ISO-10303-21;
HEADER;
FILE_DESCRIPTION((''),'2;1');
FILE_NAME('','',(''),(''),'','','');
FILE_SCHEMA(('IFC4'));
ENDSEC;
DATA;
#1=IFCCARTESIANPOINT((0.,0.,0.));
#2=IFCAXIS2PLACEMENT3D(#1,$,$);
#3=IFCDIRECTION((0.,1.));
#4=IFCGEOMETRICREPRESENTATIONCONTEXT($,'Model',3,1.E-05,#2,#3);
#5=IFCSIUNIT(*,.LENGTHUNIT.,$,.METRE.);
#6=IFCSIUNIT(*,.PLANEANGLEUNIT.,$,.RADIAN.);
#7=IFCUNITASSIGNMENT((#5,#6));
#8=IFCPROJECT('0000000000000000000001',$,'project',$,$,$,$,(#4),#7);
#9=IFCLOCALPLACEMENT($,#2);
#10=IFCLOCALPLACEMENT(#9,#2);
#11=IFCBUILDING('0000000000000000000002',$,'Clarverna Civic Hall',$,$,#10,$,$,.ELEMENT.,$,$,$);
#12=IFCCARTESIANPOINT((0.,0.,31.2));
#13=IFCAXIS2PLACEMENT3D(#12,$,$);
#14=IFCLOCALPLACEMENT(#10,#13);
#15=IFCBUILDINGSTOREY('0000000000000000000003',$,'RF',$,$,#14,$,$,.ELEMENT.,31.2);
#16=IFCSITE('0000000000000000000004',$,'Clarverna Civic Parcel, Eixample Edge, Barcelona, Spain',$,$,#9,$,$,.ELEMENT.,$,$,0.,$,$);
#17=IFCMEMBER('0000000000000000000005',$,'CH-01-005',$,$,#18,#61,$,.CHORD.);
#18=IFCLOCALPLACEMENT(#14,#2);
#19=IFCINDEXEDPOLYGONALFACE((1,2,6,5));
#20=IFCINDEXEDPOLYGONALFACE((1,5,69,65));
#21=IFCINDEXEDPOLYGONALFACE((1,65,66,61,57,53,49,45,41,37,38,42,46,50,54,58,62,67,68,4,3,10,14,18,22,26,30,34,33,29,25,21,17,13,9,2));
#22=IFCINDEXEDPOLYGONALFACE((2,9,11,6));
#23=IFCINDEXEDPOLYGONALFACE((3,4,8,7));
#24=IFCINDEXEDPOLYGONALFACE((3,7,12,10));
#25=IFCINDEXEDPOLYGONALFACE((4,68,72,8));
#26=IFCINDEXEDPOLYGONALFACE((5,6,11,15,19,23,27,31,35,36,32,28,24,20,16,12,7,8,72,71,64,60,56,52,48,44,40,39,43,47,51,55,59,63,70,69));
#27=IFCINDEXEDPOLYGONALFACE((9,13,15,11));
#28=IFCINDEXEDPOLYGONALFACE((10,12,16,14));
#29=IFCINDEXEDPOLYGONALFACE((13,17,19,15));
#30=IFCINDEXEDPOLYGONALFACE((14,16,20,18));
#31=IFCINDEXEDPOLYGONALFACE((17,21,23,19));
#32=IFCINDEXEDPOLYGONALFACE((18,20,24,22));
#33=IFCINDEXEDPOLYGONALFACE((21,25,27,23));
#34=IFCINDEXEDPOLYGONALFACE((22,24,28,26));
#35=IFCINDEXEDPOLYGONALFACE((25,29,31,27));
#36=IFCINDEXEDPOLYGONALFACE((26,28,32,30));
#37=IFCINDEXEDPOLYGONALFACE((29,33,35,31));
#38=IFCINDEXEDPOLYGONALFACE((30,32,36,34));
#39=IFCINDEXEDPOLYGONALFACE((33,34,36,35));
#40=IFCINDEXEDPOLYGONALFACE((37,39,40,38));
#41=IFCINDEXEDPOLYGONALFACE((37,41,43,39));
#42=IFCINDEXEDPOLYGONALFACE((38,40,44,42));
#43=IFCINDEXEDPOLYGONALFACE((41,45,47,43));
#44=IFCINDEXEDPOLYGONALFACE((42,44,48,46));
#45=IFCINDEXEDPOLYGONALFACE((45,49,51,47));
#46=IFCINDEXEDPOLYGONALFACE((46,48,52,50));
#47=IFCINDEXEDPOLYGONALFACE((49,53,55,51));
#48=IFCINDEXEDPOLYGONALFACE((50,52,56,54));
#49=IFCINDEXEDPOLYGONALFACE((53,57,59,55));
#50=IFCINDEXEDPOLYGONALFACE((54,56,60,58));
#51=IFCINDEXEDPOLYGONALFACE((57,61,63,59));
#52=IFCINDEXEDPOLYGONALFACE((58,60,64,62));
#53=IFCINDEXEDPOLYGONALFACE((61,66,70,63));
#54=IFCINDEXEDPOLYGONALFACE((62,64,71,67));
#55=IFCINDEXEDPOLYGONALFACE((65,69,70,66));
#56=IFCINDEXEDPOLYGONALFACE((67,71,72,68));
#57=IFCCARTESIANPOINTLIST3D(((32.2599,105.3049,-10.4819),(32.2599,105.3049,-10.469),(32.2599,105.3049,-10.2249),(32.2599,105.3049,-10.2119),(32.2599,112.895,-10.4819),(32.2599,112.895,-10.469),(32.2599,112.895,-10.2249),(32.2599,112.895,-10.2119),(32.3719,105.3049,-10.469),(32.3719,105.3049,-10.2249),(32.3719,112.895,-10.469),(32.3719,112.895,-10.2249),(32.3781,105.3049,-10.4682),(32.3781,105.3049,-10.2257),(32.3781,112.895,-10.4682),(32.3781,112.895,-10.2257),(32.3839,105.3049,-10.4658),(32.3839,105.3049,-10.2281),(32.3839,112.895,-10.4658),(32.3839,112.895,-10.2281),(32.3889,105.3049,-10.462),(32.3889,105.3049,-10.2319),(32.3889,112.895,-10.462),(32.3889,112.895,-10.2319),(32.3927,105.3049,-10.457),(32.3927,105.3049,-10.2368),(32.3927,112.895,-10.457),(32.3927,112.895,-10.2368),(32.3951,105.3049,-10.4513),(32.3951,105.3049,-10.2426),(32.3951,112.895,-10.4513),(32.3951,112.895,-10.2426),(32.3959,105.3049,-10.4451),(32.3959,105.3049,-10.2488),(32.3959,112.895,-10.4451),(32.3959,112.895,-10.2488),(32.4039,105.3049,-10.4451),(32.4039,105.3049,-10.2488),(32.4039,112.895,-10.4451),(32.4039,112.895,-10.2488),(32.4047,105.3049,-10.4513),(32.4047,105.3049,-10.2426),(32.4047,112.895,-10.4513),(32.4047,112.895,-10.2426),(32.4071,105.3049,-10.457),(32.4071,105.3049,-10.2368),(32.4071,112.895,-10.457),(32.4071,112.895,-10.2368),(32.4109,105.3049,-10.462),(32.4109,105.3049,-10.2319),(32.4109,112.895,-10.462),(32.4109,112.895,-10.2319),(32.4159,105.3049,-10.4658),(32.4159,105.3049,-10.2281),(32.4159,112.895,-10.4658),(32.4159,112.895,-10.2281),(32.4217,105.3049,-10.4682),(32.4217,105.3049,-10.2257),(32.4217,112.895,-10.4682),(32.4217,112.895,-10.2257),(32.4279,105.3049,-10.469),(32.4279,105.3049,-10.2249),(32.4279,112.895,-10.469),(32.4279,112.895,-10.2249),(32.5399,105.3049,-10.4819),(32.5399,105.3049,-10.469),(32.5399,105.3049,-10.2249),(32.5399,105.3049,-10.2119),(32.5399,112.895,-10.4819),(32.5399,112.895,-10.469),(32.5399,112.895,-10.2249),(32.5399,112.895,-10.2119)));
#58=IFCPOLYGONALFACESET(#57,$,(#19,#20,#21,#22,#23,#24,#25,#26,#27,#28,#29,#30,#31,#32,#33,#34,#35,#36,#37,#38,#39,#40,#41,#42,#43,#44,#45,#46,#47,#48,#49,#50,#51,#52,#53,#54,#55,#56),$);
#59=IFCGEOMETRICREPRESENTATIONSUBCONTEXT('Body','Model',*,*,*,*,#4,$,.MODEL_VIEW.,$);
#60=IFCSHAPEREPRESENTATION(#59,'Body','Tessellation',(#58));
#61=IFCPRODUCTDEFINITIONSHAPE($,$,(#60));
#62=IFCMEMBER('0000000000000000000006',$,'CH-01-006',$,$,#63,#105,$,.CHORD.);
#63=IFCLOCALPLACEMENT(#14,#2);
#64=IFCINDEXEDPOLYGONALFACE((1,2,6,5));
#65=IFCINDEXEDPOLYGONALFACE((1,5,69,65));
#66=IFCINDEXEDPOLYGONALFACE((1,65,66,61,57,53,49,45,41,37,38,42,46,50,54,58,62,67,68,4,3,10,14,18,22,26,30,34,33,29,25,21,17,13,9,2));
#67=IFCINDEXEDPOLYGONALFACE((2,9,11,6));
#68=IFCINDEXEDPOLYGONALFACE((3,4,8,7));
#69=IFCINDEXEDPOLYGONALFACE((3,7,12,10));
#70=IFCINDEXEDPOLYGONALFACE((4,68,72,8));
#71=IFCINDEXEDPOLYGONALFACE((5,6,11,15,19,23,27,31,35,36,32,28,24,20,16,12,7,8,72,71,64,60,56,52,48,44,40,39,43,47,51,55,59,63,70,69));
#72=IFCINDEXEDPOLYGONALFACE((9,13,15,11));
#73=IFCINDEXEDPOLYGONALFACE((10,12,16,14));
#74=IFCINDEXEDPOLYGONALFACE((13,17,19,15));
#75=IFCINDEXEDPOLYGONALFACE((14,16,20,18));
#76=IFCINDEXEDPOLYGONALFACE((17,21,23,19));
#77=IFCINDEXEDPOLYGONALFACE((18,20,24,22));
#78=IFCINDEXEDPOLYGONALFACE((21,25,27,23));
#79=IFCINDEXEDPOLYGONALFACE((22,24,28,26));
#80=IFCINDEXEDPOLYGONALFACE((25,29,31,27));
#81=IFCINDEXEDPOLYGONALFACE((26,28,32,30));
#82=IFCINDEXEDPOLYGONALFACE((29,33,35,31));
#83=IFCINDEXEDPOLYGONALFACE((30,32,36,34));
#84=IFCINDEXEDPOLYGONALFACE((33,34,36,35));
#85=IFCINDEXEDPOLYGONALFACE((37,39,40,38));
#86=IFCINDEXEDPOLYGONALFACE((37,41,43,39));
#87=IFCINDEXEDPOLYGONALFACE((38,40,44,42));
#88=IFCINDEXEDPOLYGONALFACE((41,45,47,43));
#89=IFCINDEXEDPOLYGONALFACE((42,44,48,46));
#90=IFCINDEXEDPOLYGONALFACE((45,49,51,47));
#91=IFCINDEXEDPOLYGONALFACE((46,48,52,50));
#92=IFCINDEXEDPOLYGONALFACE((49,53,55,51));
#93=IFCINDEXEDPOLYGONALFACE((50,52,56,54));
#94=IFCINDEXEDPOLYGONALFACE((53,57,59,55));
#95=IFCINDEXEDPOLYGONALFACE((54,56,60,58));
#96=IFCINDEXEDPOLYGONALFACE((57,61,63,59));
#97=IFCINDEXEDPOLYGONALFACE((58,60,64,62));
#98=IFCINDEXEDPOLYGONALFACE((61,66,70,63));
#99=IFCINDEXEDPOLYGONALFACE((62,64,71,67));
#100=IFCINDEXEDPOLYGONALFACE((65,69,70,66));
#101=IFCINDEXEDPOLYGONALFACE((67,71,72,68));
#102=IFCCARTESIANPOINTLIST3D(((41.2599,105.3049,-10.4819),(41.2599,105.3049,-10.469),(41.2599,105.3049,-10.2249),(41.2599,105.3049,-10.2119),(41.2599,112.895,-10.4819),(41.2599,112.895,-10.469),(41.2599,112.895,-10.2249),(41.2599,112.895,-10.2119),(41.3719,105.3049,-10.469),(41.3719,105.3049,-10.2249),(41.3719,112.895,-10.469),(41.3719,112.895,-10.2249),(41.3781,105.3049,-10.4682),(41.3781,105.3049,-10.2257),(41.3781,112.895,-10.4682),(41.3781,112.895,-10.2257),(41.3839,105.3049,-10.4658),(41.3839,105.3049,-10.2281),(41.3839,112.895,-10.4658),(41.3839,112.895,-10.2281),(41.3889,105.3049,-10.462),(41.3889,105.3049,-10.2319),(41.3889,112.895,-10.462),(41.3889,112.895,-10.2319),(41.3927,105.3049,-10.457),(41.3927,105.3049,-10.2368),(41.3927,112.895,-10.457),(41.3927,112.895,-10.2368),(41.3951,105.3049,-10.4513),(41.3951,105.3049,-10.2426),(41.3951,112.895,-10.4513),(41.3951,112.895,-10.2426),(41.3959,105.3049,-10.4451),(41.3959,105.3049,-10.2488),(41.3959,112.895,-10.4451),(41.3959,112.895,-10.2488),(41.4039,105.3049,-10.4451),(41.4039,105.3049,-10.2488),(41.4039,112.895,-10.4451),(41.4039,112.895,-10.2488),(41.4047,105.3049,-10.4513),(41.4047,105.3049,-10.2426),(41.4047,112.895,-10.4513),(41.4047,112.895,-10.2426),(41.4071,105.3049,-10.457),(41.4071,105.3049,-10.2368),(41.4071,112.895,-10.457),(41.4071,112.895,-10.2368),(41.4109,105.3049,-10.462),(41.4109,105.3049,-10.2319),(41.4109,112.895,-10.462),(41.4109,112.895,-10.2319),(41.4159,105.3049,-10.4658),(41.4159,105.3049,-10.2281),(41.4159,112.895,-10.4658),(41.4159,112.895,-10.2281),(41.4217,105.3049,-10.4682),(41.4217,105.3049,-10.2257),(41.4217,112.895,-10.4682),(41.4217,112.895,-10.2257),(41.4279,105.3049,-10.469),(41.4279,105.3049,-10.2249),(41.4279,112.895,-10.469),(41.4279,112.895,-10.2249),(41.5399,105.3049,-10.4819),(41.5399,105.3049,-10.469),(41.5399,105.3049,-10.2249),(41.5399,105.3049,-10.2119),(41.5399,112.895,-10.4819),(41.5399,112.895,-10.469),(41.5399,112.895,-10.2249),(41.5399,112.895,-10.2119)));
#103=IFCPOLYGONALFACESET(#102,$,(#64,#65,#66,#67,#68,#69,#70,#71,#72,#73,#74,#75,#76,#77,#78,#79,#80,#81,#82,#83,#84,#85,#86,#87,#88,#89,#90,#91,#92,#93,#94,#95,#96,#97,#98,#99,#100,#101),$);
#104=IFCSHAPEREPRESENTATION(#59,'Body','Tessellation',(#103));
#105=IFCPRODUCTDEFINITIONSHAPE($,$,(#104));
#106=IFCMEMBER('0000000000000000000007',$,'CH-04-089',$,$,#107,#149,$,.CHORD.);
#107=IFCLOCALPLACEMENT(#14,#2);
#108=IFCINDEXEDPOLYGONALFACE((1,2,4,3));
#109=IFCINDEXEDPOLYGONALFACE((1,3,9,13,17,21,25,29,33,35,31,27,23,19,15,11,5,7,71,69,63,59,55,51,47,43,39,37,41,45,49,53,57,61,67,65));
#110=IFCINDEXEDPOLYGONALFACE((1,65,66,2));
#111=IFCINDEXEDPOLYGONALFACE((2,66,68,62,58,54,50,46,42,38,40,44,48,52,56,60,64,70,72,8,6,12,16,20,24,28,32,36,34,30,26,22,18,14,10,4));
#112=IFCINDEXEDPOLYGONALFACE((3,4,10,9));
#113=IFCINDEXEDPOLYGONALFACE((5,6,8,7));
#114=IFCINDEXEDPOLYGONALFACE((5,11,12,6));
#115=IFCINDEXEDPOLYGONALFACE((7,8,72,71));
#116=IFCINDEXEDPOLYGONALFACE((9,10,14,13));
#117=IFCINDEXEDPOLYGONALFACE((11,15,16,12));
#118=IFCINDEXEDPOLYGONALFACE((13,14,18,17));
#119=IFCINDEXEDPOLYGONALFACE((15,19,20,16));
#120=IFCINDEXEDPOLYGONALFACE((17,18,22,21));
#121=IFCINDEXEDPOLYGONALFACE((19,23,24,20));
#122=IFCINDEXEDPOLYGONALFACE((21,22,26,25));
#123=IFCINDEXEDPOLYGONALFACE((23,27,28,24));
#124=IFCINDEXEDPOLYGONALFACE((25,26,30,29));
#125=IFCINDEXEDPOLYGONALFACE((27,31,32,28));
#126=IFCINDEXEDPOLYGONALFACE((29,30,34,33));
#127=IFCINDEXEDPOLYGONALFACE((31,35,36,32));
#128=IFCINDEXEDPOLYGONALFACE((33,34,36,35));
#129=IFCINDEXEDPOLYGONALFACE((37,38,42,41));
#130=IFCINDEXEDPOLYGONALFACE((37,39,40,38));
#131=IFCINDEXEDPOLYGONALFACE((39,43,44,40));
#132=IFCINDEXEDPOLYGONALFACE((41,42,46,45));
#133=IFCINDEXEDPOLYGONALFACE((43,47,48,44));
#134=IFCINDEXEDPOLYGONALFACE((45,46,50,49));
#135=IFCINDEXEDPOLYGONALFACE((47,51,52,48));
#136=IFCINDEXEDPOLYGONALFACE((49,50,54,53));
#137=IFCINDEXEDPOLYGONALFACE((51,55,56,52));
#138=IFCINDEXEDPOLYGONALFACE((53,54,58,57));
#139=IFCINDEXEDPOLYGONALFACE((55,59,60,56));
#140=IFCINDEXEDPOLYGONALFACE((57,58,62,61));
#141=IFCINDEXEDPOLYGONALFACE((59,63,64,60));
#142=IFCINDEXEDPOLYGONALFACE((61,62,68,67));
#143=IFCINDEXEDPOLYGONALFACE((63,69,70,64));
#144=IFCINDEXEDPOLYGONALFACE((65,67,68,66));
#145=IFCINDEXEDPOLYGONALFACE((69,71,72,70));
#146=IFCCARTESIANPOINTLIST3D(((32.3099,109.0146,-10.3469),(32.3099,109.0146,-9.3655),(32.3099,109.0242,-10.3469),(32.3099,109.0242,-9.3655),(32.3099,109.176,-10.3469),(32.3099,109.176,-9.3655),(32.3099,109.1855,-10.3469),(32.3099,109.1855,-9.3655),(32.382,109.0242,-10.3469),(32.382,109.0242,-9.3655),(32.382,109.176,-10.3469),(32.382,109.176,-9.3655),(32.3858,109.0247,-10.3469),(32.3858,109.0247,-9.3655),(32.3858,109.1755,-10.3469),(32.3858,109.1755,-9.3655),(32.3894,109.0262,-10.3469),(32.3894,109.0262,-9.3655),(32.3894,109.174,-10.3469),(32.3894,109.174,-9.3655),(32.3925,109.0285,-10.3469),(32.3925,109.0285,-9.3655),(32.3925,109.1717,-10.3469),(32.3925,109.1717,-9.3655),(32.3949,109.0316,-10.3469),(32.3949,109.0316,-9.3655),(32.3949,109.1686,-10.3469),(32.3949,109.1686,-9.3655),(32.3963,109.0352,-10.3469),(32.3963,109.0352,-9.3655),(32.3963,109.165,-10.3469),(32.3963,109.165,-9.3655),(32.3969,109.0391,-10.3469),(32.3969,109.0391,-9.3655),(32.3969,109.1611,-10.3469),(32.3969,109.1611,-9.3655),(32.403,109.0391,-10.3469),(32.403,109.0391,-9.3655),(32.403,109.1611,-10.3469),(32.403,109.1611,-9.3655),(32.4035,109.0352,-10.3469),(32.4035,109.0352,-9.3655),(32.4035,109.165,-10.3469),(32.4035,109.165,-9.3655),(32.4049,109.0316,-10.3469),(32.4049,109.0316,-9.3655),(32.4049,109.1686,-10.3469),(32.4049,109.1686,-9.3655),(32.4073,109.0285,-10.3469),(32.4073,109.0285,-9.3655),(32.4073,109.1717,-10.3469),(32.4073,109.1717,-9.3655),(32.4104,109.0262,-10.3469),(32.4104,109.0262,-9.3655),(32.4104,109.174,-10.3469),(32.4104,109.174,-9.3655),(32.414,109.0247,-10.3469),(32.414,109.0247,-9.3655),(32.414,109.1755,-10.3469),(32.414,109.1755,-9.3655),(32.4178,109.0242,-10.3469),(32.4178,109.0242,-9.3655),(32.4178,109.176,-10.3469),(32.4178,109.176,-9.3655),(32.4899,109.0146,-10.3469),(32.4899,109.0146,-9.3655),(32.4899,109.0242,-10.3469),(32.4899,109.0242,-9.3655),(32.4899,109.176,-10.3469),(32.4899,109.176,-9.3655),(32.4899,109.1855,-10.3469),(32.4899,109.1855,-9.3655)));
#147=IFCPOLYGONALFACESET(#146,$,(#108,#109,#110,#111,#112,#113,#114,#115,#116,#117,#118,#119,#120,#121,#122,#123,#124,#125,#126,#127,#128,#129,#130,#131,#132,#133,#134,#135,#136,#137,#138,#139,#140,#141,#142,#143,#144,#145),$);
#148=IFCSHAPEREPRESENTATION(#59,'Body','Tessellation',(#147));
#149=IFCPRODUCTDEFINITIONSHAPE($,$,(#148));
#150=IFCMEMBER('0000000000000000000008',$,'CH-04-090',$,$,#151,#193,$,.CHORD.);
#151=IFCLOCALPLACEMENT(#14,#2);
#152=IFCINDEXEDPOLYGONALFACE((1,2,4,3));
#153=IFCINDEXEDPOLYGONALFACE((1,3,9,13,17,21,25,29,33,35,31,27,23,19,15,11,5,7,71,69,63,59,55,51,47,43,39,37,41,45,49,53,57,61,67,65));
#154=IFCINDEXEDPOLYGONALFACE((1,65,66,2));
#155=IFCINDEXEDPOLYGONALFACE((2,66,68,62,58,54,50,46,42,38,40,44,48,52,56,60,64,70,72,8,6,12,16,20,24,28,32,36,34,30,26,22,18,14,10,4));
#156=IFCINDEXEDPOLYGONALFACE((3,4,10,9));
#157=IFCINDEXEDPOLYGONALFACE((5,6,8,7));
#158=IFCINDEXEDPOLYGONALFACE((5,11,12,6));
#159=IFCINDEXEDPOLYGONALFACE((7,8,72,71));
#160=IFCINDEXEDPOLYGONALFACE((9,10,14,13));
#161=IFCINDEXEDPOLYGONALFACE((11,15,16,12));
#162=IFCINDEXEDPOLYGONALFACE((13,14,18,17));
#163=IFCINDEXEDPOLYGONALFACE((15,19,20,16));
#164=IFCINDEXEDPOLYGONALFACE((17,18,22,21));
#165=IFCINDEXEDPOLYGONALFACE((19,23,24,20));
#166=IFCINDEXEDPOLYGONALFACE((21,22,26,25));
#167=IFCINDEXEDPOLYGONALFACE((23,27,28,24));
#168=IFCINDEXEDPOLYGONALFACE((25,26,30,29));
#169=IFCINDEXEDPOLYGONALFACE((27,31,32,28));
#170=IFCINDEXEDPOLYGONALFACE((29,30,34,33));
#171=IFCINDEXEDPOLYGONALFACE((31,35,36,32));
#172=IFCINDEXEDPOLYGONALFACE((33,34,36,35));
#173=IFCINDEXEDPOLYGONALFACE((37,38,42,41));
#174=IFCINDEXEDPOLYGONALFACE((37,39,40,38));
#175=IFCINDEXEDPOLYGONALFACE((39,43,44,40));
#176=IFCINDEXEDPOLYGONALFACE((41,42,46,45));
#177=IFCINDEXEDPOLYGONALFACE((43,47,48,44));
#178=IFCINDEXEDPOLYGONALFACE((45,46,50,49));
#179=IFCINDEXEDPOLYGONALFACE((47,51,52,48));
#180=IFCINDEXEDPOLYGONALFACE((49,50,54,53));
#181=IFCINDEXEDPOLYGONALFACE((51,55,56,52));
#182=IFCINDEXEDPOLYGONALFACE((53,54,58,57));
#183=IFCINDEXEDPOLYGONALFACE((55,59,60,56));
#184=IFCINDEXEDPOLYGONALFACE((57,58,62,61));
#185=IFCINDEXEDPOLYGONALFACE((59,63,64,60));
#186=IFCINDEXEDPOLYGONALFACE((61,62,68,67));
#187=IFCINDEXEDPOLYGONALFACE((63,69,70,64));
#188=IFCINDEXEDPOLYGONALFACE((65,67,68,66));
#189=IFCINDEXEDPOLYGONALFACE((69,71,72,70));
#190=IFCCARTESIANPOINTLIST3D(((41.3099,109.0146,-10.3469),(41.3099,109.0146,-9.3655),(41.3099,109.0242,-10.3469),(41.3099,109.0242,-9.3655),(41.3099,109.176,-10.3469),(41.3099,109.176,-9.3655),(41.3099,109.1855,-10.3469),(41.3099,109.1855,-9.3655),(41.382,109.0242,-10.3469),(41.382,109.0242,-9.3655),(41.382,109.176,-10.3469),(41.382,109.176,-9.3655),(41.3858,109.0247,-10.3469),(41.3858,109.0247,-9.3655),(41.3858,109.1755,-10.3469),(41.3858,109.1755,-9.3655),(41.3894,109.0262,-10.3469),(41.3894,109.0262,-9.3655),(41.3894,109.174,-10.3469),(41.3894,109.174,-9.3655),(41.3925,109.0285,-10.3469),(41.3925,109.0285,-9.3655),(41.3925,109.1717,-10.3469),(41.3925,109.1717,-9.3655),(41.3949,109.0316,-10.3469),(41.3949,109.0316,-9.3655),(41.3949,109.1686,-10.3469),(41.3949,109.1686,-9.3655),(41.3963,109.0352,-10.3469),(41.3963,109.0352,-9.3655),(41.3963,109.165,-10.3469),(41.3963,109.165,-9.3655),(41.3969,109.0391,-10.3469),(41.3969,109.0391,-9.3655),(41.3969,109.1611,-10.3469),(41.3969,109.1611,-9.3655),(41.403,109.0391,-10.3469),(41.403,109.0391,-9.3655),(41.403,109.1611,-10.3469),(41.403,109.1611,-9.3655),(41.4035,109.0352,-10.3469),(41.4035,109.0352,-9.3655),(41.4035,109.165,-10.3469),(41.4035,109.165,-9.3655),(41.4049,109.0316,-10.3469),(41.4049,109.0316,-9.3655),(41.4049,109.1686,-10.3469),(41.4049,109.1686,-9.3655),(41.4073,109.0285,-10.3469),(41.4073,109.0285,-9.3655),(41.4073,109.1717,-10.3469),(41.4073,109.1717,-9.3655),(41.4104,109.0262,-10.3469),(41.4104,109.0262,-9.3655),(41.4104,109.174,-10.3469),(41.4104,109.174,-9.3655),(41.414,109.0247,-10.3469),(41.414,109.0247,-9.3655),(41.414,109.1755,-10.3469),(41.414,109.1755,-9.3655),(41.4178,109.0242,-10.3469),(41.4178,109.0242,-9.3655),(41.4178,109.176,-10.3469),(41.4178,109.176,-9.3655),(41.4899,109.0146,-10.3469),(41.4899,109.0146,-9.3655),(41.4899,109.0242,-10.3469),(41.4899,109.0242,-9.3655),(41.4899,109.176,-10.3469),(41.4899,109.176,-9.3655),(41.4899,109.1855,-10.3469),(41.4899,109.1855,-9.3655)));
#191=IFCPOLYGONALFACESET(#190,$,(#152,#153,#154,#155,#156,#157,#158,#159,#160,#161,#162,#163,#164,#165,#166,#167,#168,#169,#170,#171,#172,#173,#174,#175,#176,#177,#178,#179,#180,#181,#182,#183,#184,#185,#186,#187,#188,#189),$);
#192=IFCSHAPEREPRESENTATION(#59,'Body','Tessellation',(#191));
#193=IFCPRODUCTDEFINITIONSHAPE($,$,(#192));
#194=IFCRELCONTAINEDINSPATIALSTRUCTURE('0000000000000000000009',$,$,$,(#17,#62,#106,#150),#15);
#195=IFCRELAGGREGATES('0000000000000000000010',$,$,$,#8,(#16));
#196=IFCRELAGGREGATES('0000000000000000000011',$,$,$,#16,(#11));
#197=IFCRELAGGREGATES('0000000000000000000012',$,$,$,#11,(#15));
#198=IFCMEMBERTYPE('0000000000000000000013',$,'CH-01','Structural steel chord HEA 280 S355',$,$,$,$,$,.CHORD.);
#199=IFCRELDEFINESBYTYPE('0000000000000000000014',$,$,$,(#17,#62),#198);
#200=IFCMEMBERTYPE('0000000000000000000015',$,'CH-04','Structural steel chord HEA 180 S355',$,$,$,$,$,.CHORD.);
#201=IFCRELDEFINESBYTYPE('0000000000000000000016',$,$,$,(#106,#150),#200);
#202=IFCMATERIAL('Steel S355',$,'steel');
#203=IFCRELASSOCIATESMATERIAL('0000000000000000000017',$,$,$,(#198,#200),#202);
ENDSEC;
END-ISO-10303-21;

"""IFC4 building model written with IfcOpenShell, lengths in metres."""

from ifc_helpers import new_model, si_unit, direction, frame, origin, origin_2d, place, context, subcontext, project, spatial, i_section, extrude, material, material_profile, profile_set, type_object, element, save


model = new_model("IFC4")

# Units and contexts
model_context = context("Model", 3, precision=1e-05, world=origin(), true_north=direction((0.0, 1.0)))
body_context = subcontext(model_context, "Body", "Model", "MODEL_VIEW")
ifc_project = project(units=[si_unit("LENGTHUNIT", "METRE"), si_unit("PLANEANGLEUNIT", "RADIAN")], contexts=[model_context])

# Site, building, storey
site_placement = place(None, origin())
site = spatial("IfcSite", under=ifc_project, at=site_placement, Name="Clarverna Civic Parcel, Eixample Edge, Barcelona, Spain", CompositionType="ELEMENT", RefElevation=0.0)
building_placement = place(site_placement, origin())
building = spatial("IfcBuilding", under=site, at=building_placement, Name="Clarverna Civic Hall", CompositionType="ELEMENT")
storey_placement = place(building_placement, frame((0.0, 0.0, 31.2)))
storey = spatial("IfcBuildingStorey", under=building, at=storey_placement, Name="RF", CompositionType="ELEMENT", Elevation=31.2)

# Members
ifc_material_1 = material(Name="Steel S355", Category="steel")
ifc_material_profile_1 = material_profile(ifc_material_1, i_section(OverallWidth=0.28, OverallDepth=0.27, WebThickness=0.0081, FlangeThickness=0.0129, FilletRadius=0.0239, at=origin_2d()), Name="HEA 280")
ifc_profile_set_1 = profile_set([ifc_material_profile_1], Name="Steel S355")
member_type_1 = type_object("IfcMemberType", Name="CH-01", Description="Structural steel chord HEA 280 S355", PredefinedType="CHORD", material=ifc_profile_set_1)
for number, where, z_axis, x_axis, name in (
    (1, (32.3999, 105.3049, -10.3469), (0.0, 1.0, 0.0), (-1.0, 0.0, 0.0), "CH-01-005"),
    (2, (41.3999, 105.3049, -10.3469), (0.0, 1.0, 0.0), (-1.0, 0.0, 0.0), "CH-01-006"),
):
    element("IfcMember", number, at=place(storey_placement, frame(where, z_axis=z_axis, x_axis=x_axis)), inside=storey, type_object=member_type_1, Name=name, PredefinedType="CHORD", context=body_context, shape_type="SweptSolid", body=[
        extrude(i_section(OverallWidth=0.28, OverallDepth=0.27, WebThickness=0.0081, FlangeThickness=0.0129, FilletRadius=0.0239, at=origin_2d()), origin(), (0.0, 0.0, 1.0), 7.5901),
    ])
ifc_material_profile_2 = material_profile(ifc_material_1, i_section(OverallWidth=0.1799, OverallDepth=0.1709, WebThickness=0.0061, FlangeThickness=0.0095, FilletRadius=0.0149, at=origin_2d()), Name="HEA 180")
ifc_profile_set_2 = profile_set([ifc_material_profile_2], Name="Steel S355")
member_type_2 = type_object("IfcMemberType", Name="CH-04", Description="Structural steel chord HEA 180 S355", PredefinedType="CHORD", material=ifc_profile_set_2)
for number, where, z_axis, x_axis, name in (
    (3, (32.3999, 109.1001, -10.3469), (0.0, 0.0, 1.0), (1.0, 0.0, 0.0), "CH-04-089"),
    (4, (41.3999, 109.1001, -10.3469), (0.0, 0.0, 1.0), (1.0, 0.0, 0.0), "CH-04-090"),
):
    element("IfcMember", number, at=place(storey_placement, frame(where, z_axis=z_axis, x_axis=x_axis)), inside=storey, type_object=member_type_2, Name=name, PredefinedType="CHORD", context=body_context, shape_type="SweptSolid", body=[
        extrude(i_section(OverallWidth=0.1799, OverallDepth=0.1709, WebThickness=0.0061, FlangeThickness=0.0095, FilletRadius=0.0149, at=origin_2d()), origin(), (0.0, 0.0, 1.0), 0.9814),
    ])

save(model, "model.ifc")
